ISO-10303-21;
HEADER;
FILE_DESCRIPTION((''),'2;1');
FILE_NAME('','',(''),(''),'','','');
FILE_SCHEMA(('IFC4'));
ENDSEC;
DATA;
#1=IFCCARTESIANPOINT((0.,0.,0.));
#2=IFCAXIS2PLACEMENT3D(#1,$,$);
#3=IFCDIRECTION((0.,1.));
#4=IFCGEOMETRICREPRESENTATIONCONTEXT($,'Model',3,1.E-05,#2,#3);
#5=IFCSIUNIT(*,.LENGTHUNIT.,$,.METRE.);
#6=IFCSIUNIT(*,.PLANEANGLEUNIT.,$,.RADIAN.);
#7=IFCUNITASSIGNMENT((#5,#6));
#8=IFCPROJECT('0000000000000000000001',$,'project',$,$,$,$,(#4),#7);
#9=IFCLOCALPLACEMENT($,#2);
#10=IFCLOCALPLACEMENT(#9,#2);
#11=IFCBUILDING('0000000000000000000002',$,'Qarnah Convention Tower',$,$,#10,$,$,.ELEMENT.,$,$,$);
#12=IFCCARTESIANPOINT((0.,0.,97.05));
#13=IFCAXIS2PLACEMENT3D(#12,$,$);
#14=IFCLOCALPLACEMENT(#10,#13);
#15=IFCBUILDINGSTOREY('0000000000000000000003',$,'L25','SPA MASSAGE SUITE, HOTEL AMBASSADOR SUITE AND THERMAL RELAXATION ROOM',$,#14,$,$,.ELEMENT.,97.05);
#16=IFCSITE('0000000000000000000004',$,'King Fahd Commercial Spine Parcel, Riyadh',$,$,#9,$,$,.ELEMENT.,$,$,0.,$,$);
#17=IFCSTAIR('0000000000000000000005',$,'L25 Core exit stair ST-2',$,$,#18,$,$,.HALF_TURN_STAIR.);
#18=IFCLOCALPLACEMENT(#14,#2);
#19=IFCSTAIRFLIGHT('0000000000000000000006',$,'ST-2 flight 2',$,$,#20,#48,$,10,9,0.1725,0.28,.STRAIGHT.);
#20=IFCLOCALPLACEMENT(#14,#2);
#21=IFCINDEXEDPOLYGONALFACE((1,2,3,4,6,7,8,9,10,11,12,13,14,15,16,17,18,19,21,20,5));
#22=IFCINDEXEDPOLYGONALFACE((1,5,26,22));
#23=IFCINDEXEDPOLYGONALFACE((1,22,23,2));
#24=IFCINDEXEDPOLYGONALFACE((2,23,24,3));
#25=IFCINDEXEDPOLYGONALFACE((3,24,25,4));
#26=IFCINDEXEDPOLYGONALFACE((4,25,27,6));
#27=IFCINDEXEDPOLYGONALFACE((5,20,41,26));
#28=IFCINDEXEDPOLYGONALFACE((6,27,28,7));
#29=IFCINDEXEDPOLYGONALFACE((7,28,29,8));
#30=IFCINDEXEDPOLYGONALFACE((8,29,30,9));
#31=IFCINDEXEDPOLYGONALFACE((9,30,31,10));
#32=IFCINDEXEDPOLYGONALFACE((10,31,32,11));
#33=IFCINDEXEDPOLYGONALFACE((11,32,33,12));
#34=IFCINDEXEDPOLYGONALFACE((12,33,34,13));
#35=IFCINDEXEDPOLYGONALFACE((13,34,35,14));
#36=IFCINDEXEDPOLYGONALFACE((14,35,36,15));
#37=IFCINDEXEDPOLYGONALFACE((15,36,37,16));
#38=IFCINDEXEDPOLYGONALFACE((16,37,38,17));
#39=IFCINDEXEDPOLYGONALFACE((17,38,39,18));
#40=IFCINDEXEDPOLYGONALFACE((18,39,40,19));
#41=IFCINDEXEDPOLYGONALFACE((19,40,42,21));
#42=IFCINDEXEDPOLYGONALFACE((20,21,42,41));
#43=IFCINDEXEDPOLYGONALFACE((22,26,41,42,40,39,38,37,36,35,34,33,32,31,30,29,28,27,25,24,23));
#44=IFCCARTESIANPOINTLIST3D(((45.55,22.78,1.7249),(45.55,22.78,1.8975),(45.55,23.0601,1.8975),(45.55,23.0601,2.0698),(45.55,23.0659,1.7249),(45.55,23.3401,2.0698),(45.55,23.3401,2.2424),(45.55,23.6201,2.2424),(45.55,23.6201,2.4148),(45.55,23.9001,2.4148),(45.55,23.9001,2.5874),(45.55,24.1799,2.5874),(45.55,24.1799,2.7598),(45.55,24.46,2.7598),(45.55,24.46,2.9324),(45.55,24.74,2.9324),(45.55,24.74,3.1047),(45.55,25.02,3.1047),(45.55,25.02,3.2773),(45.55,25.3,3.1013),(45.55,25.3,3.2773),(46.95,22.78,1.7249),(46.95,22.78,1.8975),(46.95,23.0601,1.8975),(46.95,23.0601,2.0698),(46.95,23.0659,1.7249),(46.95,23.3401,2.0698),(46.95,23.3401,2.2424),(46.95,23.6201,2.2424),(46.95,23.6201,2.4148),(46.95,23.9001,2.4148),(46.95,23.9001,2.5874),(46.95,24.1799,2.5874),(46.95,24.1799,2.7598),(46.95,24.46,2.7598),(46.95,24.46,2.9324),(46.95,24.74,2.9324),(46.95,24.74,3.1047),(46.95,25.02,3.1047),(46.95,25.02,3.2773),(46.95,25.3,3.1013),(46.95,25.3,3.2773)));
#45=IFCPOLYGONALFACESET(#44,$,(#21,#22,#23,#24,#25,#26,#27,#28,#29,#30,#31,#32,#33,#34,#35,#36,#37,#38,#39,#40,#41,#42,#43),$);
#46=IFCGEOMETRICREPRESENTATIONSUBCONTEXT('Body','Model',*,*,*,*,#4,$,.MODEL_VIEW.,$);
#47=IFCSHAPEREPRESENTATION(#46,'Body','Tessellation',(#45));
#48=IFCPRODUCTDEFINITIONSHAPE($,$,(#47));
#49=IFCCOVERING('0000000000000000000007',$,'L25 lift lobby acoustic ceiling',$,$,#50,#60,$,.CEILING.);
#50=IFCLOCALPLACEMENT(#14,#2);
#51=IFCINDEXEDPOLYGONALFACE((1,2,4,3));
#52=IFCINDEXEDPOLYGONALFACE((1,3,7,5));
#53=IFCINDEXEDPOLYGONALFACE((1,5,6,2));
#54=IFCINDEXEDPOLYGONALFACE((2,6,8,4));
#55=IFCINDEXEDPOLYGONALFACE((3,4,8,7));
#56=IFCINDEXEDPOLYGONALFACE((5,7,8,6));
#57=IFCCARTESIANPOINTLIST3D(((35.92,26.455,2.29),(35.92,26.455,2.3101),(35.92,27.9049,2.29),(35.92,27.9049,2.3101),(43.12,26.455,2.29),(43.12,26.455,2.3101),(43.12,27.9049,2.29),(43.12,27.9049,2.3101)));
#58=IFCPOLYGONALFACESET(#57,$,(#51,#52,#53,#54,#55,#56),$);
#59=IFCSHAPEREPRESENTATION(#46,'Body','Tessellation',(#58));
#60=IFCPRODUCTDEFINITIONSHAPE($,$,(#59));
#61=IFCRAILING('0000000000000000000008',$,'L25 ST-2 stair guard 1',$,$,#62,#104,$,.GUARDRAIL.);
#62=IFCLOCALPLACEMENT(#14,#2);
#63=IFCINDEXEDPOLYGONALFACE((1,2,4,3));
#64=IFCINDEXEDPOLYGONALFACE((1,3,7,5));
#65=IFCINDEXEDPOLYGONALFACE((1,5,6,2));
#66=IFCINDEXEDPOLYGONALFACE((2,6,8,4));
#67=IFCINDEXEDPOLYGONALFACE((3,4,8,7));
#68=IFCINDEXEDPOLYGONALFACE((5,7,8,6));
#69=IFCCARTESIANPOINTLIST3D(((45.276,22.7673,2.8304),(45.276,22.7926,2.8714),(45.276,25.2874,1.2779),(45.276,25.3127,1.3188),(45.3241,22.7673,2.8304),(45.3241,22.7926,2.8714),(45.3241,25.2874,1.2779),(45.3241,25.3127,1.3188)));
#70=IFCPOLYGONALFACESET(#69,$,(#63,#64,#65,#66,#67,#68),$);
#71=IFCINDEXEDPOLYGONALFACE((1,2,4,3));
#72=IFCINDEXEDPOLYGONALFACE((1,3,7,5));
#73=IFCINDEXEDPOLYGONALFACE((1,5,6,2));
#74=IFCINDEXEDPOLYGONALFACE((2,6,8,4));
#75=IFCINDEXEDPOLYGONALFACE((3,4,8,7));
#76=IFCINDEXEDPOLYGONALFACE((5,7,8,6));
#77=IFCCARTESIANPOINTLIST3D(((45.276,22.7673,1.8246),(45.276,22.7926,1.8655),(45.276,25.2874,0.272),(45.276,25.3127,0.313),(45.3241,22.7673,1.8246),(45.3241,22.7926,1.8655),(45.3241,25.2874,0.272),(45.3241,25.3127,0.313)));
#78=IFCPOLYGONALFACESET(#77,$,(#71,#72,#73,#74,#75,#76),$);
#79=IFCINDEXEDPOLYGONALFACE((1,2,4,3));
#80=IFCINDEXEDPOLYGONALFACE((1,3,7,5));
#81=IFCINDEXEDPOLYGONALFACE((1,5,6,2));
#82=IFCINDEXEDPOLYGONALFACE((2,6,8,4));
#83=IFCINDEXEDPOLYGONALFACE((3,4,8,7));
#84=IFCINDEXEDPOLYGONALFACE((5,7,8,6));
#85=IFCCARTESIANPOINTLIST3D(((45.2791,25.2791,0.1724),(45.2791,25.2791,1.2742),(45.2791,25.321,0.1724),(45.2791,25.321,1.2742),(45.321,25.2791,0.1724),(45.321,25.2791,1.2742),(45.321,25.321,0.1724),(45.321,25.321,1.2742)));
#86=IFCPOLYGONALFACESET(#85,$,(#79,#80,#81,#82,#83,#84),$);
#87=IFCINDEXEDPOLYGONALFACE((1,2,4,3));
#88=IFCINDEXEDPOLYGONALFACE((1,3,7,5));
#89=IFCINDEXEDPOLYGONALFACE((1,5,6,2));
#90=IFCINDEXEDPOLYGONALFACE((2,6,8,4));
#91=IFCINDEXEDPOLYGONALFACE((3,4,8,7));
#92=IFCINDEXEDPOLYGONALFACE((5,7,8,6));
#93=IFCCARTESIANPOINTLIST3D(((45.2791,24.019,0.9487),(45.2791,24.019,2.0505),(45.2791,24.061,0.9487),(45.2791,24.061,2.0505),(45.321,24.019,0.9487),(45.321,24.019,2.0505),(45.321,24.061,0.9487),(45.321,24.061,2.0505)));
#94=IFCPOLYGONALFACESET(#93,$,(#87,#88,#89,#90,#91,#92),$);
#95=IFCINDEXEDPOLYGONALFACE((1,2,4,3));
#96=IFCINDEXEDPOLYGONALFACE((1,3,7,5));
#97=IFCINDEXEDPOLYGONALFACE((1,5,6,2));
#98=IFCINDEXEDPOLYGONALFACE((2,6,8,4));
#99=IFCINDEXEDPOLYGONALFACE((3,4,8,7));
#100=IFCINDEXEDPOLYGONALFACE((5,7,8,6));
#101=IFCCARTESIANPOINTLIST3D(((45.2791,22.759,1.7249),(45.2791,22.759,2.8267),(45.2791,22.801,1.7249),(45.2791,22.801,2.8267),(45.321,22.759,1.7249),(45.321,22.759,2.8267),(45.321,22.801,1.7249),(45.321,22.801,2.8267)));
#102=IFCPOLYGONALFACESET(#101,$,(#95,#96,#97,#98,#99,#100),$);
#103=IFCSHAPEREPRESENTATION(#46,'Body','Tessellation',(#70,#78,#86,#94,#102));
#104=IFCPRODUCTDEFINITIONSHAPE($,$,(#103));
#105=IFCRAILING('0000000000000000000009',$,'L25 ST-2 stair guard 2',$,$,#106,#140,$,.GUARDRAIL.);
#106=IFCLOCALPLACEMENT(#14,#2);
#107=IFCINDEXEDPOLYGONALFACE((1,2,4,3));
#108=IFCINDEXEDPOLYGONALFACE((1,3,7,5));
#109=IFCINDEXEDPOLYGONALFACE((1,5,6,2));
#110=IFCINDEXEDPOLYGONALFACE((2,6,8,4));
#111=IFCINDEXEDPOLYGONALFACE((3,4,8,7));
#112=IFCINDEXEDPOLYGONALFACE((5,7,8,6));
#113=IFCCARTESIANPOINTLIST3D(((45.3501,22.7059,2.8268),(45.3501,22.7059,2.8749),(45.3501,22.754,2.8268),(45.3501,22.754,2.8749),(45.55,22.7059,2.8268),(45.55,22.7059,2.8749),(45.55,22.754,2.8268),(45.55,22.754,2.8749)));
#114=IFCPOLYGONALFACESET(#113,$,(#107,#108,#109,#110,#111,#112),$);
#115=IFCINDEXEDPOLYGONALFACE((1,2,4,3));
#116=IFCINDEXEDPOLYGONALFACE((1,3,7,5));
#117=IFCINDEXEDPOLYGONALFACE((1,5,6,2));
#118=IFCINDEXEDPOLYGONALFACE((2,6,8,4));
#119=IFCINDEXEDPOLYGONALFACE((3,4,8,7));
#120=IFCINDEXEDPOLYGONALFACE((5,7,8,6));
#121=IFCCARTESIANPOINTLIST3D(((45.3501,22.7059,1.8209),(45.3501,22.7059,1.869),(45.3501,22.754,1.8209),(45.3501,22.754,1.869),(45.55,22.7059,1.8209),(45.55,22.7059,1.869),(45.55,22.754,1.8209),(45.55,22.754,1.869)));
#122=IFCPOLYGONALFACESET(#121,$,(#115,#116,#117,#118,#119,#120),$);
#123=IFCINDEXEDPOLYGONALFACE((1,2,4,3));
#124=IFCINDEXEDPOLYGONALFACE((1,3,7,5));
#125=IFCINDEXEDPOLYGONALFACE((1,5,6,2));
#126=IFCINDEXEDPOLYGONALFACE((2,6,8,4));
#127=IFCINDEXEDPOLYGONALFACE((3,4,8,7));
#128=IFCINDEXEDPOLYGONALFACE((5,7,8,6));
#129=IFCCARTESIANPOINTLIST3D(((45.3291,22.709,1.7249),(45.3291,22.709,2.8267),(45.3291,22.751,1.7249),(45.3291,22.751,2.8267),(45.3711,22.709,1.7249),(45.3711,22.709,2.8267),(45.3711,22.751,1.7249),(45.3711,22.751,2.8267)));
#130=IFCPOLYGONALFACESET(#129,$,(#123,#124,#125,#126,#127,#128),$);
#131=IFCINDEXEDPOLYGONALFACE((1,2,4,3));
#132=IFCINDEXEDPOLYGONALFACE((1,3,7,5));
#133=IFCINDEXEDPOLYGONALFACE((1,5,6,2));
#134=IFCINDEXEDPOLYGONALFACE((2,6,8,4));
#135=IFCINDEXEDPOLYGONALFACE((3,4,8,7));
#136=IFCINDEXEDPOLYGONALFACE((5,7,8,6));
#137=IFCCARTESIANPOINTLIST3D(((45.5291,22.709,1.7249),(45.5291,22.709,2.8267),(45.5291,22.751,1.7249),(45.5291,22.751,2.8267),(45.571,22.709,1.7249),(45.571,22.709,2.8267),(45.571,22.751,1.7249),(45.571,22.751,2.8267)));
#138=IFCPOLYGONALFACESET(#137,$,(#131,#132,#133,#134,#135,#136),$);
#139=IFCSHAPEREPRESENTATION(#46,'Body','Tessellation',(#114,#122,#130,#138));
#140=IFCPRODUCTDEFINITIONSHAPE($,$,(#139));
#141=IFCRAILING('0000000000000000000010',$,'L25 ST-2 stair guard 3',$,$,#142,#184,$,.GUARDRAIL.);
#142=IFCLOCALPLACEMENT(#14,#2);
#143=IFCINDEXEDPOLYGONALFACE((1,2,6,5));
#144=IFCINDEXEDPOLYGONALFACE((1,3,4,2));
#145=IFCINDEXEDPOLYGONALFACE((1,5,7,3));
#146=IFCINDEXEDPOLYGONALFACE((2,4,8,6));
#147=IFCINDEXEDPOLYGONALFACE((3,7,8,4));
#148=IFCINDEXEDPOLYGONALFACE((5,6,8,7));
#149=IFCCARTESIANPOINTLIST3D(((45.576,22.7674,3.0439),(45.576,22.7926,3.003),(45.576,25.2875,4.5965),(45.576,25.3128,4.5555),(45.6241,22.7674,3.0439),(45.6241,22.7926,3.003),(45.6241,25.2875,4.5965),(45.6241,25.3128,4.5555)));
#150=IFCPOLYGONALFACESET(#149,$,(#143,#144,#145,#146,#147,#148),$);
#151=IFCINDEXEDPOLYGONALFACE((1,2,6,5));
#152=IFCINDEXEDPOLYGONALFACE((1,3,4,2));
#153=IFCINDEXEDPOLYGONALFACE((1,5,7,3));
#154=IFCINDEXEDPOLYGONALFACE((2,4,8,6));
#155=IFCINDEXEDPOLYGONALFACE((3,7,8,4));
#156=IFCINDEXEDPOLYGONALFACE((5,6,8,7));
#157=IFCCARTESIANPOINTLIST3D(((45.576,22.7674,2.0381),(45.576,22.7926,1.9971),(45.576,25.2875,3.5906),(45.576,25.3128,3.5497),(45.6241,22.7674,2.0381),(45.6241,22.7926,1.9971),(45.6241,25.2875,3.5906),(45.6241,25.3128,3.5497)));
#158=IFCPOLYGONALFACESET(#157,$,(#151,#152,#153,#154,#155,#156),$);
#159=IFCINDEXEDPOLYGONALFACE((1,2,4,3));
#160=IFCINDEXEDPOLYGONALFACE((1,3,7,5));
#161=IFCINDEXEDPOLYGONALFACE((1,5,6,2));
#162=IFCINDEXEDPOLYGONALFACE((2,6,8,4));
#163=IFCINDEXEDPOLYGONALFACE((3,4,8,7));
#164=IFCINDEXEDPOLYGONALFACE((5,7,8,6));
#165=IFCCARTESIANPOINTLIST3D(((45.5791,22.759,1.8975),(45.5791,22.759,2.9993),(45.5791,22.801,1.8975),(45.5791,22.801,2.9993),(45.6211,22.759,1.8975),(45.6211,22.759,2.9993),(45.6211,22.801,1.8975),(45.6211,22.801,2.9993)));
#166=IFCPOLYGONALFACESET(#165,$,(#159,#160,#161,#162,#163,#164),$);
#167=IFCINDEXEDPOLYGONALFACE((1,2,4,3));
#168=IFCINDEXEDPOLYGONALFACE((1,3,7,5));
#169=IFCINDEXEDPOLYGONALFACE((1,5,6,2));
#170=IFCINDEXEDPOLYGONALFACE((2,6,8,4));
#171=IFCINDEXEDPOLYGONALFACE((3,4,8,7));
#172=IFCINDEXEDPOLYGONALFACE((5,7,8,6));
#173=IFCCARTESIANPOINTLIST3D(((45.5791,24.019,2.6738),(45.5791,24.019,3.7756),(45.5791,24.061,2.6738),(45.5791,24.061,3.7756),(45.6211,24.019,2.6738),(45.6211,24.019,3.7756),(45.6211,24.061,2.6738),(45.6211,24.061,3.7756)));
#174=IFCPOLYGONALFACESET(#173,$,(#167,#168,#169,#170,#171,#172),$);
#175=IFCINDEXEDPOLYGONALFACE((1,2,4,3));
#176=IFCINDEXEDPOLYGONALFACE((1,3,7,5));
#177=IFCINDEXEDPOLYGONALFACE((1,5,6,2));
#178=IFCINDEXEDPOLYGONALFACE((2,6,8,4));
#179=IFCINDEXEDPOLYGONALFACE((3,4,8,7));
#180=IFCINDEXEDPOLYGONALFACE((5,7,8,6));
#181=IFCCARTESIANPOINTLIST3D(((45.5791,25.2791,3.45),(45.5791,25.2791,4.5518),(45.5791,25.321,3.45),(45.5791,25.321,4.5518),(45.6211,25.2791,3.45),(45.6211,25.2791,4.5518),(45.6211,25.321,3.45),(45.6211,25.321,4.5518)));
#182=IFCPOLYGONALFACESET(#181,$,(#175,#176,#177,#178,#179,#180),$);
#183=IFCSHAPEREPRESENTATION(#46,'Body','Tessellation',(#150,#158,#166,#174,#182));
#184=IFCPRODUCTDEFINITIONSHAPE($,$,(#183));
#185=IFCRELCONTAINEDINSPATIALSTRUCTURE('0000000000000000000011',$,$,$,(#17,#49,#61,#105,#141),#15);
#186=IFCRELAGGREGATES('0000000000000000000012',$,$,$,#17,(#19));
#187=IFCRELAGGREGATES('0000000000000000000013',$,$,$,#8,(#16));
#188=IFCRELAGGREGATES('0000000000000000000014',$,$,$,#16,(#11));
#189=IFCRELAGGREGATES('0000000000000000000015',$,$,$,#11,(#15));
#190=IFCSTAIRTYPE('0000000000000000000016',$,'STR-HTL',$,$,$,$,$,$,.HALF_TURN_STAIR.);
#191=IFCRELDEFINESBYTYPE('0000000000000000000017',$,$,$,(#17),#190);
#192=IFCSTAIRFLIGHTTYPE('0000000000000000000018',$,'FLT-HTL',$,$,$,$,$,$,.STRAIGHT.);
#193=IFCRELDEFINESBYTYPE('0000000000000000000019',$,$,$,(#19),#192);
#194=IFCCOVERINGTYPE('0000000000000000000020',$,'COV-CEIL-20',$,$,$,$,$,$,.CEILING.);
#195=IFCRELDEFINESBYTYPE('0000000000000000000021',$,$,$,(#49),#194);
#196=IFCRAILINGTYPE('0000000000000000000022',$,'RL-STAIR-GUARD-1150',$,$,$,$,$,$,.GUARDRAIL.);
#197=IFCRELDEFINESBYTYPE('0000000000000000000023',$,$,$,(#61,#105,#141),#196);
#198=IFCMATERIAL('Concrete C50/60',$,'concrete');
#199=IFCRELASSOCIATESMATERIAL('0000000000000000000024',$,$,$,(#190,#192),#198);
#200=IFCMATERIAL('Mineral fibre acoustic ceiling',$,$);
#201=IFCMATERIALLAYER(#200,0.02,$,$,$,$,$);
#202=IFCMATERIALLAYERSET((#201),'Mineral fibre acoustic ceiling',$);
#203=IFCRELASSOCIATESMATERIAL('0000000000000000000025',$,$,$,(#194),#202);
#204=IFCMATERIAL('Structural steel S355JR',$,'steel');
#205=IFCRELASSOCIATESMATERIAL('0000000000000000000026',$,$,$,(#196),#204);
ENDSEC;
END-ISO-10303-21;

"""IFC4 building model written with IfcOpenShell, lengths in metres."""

from ifc_helpers import new_model, si_unit, direction, frame, origin, origin_2d, place, context, subcontext, project, spatial, polyline, rectangle, outline, extrude, material, layer, layer_set, type_object, element, aggregate, save


model = new_model("IFC4")

# Units and contexts
model_context = context("Model", 3, precision=1e-05, world=origin(), true_north=direction((0.0, 1.0)))
body_context = subcontext(model_context, "Body", "Model", "MODEL_VIEW")
ifc_project = project(units=[si_unit("LENGTHUNIT", "METRE"), si_unit("PLANEANGLEUNIT", "RADIAN")], contexts=[model_context])

# Site, building, storey
site_placement = place(None, origin())
site = spatial("IfcSite", under=ifc_project, at=site_placement, Name="King Fahd Commercial Spine Parcel, Riyadh", CompositionType="ELEMENT", RefElevation=0.0)
building_placement = place(site_placement, origin())
building = spatial("IfcBuilding", under=site, at=building_placement, Name="Qarnah Convention Tower", CompositionType="ELEMENT")
storey_placement = place(building_placement, frame((0.0, 0.0, 97.05)))
storey = spatial("IfcBuildingStorey", under=building, at=storey_placement, Name="L25", Description="SPA MASSAGE SUITE, HOTEL AMBASSADOR SUITE AND THERMAL RELAXATION ROOM", CompositionType="ELEMENT", Elevation=97.05)

# Shared definitions
ifc_material_1 = material(Name="Structural steel S355JR", Category="steel")

# Stair, stair flight
ifc_material_2 = material(Name="Concrete C50/60", Category="concrete")
stair_type = type_object("IfcStairType", Name="STR-HTL", PredefinedType="HALF_TURN_STAIR", material=ifc_material_2)
stair_placement = place(storey_placement, origin())
stair = element("IfcStair", 1, at=stair_placement, inside=storey, type_object=stair_type, Name="L25 Core exit stair ST-2", PredefinedType="HALF_TURN_STAIR")
stair_flight_type = type_object("IfcStairFlightType", Name="FLT-HTL", PredefinedType="STRAIGHT", material=ifc_material_2)
stair_flight_1_placement = place(storey_placement, frame((46.25, 22.78, 1.7249), z_axis=(0.0, 0.0, 1.0), x_axis=(0.0, 1.0, 0.0)))
stair_flight_1 = element("IfcStairFlight", 2, at=stair_flight_1_placement, type_object=stair_flight_type, Name="ST-2 flight 2", NumberOfRisers=10, NumberOfTreads=9, PredefinedType="STRAIGHT", RiserHeight=0.1725, TreadLength=0.28, context=body_context, shape_type="SweptSolid", body=[
    extrude(outline(polyline([(0.0, 0.0), (0.0, 0.1726), (0.28, 0.1726), (0.28, 0.345), (0.5601, 0.345), (0.5601, 0.5176), (0.8401, 0.5176), (0.8401, 0.6899), (1.1201, 0.6899), (1.1201, 0.8625), (1.3999, 0.8625), (1.3999, 1.0349), (1.6799, 1.0349), (1.6799, 1.2075), (1.96, 1.2075), (1.96, 1.3799), (2.24, 1.3799), (2.24, 1.5525), (2.52, 1.5525), (2.52, 1.7251), (2.52, 1.3765), (0.2859, 0.0), (0.0, 0.0)])), frame((0.0, 0.7, 0.0), z_axis=(0.0, -1.0, 0.0), x_axis=(1.0, 0.0, 0.0)), (0.0, 0.0, 1.0), 1.3999),
])
aggregate(stair, [stair_flight_1])

# Covering
ifc_material_3 = material(Name="Mineral fibre acoustic ceiling")
ifc_layer_1 = layer(ifc_material_3, 0.02)
ifc_layer_set_1 = layer_set([ifc_layer_1], Name="Mineral fibre acoustic ceiling")
covering_type = type_object("IfcCoveringType", Name="COV-CEIL-20", PredefinedType="CEILING", material=ifc_layer_set_1)
covering_placement = place(storey_placement, frame((39.52, 27.1799, 2.29), z_axis=(0.0, 0.0, 1.0), x_axis=(1.0, 0.0, 0.0)))
element("IfcCovering", 3, at=covering_placement, inside=storey, type_object=covering_type, Name="L25 lift lobby acoustic ceiling", PredefinedType="CEILING", context=body_context, shape_type="SweptSolid", body=[
    extrude(rectangle(XDim=7.2, YDim=1.45, at=origin_2d()), origin(), (0.0, 0.0, 1.0), 0.02),
])

# Railings
railing_type_1 = type_object("IfcRailingType", Name="RL-STAIR-GUARD-1150", PredefinedType="GUARDRAIL", material=ifc_material_1)
railing_1_placement = place(storey_placement, frame((45.3, 25.3, 0.1724)))
element("IfcRailing", 4, at=railing_1_placement, inside=storey, type_object=railing_type_1, Name="L25 ST-2 stair guard 1", PredefinedType="GUARDRAIL", context=body_context, shape_type="SweptSolid", body=[
    extrude(rectangle(XDim=0.0481, YDim=0.0481, at=origin_2d()), frame((0.0, 0.0, 1.126), z_axis=(0.0, -0.8514, 0.524516), x_axis=(1.0, 0.0, 0.0)), (0.0, 0.0, 1.0), 2.96),
    extrude(rectangle(XDim=0.0481, YDim=0.0481, at=origin_2d()), frame((0.0, 0.0, 0.1201), z_axis=(0.0, -0.8514, 0.524516), x_axis=(1.0, 0.0, 0.0)), (0.0, 0.0, 1.0), 2.96),
    extrude(rectangle(XDim=0.042, YDim=0.042, at=origin_2d()), origin(), (0.0, 0.0, 1.0), 1.1018),
    extrude(rectangle(XDim=0.042, YDim=0.042, at=origin_2d()), frame((0.0, -1.26, 0.7764)), (0.0, 0.0, 1.0), 1.1018),
    extrude(rectangle(XDim=0.042, YDim=0.042, at=origin_2d()), frame((0.0, -2.52, 1.5525)), (0.0, 0.0, 1.0), 1.1018),
])
railing_2_placement = place(storey_placement, frame((45.3501, 22.73, 1.7249)))
element("IfcRailing", 5, at=railing_2_placement, inside=storey, type_object=railing_type_1, Name="L25 ST-2 stair guard 2", PredefinedType="GUARDRAIL", context=body_context, shape_type="SweptSolid", body=[
    extrude(rectangle(XDim=0.0481, YDim=0.0481, at=origin_2d()), frame((0.0, 0.0, 1.126), z_axis=(1.0, 0.0, 0.0), x_axis=(0.0, 1.0, 0.0)), (0.0, 0.0, 1.0), 0.2),
    extrude(rectangle(XDim=0.0481, YDim=0.0481, at=origin_2d()), frame((0.0, 0.0, 0.1201), z_axis=(1.0, 0.0, 0.0), x_axis=(0.0, 1.0, 0.0)), (0.0, 0.0, 1.0), 0.2),
    extrude(rectangle(XDim=0.042, YDim=0.042, at=origin_2d()), origin(), (0.0, 0.0, 1.0), 1.1018),
    extrude(rectangle(XDim=0.042, YDim=0.042, at=origin_2d()), frame((0.2, 0.0, 0.0)), (0.0, 0.0, 1.0), 1.1018),
])
railing_3_placement = place(storey_placement, frame((45.6001, 22.78, 1.8975)))
element("IfcRailing", 6, at=railing_3_placement, inside=storey, type_object=railing_type_1, Name="L25 ST-2 stair guard 3", PredefinedType="GUARDRAIL", context=body_context, shape_type="SweptSolid", body=[
    extrude(rectangle(XDim=0.0481, YDim=0.0481, at=origin_2d()), frame((0.0, 0.0, 1.126), z_axis=(0.0, 0.8514, 0.524516), x_axis=(-1.0, 0.0, 0.0)), (0.0, 0.0, 1.0), 2.96),
    extrude(rectangle(XDim=0.0481, YDim=0.0481, at=origin_2d()), frame((0.0, 0.0, 0.1201), z_axis=(0.0, 0.8514, 0.524516), x_axis=(-1.0, 0.0, 0.0)), (0.0, 0.0, 1.0), 2.96),
    extrude(rectangle(XDim=0.042, YDim=0.042, at=origin_2d()), origin(), (0.0, 0.0, 1.0), 1.1018),
    extrude(rectangle(XDim=0.042, YDim=0.042, at=origin_2d()), frame((0.0, 1.26, 0.7764)), (0.0, 0.0, 1.0), 1.1018),
    extrude(rectangle(XDim=0.042, YDim=0.042, at=origin_2d()), frame((0.0, 2.52, 1.5525)), (0.0, 0.0, 1.0), 1.1018),
])

save(model, "model.ifc")
